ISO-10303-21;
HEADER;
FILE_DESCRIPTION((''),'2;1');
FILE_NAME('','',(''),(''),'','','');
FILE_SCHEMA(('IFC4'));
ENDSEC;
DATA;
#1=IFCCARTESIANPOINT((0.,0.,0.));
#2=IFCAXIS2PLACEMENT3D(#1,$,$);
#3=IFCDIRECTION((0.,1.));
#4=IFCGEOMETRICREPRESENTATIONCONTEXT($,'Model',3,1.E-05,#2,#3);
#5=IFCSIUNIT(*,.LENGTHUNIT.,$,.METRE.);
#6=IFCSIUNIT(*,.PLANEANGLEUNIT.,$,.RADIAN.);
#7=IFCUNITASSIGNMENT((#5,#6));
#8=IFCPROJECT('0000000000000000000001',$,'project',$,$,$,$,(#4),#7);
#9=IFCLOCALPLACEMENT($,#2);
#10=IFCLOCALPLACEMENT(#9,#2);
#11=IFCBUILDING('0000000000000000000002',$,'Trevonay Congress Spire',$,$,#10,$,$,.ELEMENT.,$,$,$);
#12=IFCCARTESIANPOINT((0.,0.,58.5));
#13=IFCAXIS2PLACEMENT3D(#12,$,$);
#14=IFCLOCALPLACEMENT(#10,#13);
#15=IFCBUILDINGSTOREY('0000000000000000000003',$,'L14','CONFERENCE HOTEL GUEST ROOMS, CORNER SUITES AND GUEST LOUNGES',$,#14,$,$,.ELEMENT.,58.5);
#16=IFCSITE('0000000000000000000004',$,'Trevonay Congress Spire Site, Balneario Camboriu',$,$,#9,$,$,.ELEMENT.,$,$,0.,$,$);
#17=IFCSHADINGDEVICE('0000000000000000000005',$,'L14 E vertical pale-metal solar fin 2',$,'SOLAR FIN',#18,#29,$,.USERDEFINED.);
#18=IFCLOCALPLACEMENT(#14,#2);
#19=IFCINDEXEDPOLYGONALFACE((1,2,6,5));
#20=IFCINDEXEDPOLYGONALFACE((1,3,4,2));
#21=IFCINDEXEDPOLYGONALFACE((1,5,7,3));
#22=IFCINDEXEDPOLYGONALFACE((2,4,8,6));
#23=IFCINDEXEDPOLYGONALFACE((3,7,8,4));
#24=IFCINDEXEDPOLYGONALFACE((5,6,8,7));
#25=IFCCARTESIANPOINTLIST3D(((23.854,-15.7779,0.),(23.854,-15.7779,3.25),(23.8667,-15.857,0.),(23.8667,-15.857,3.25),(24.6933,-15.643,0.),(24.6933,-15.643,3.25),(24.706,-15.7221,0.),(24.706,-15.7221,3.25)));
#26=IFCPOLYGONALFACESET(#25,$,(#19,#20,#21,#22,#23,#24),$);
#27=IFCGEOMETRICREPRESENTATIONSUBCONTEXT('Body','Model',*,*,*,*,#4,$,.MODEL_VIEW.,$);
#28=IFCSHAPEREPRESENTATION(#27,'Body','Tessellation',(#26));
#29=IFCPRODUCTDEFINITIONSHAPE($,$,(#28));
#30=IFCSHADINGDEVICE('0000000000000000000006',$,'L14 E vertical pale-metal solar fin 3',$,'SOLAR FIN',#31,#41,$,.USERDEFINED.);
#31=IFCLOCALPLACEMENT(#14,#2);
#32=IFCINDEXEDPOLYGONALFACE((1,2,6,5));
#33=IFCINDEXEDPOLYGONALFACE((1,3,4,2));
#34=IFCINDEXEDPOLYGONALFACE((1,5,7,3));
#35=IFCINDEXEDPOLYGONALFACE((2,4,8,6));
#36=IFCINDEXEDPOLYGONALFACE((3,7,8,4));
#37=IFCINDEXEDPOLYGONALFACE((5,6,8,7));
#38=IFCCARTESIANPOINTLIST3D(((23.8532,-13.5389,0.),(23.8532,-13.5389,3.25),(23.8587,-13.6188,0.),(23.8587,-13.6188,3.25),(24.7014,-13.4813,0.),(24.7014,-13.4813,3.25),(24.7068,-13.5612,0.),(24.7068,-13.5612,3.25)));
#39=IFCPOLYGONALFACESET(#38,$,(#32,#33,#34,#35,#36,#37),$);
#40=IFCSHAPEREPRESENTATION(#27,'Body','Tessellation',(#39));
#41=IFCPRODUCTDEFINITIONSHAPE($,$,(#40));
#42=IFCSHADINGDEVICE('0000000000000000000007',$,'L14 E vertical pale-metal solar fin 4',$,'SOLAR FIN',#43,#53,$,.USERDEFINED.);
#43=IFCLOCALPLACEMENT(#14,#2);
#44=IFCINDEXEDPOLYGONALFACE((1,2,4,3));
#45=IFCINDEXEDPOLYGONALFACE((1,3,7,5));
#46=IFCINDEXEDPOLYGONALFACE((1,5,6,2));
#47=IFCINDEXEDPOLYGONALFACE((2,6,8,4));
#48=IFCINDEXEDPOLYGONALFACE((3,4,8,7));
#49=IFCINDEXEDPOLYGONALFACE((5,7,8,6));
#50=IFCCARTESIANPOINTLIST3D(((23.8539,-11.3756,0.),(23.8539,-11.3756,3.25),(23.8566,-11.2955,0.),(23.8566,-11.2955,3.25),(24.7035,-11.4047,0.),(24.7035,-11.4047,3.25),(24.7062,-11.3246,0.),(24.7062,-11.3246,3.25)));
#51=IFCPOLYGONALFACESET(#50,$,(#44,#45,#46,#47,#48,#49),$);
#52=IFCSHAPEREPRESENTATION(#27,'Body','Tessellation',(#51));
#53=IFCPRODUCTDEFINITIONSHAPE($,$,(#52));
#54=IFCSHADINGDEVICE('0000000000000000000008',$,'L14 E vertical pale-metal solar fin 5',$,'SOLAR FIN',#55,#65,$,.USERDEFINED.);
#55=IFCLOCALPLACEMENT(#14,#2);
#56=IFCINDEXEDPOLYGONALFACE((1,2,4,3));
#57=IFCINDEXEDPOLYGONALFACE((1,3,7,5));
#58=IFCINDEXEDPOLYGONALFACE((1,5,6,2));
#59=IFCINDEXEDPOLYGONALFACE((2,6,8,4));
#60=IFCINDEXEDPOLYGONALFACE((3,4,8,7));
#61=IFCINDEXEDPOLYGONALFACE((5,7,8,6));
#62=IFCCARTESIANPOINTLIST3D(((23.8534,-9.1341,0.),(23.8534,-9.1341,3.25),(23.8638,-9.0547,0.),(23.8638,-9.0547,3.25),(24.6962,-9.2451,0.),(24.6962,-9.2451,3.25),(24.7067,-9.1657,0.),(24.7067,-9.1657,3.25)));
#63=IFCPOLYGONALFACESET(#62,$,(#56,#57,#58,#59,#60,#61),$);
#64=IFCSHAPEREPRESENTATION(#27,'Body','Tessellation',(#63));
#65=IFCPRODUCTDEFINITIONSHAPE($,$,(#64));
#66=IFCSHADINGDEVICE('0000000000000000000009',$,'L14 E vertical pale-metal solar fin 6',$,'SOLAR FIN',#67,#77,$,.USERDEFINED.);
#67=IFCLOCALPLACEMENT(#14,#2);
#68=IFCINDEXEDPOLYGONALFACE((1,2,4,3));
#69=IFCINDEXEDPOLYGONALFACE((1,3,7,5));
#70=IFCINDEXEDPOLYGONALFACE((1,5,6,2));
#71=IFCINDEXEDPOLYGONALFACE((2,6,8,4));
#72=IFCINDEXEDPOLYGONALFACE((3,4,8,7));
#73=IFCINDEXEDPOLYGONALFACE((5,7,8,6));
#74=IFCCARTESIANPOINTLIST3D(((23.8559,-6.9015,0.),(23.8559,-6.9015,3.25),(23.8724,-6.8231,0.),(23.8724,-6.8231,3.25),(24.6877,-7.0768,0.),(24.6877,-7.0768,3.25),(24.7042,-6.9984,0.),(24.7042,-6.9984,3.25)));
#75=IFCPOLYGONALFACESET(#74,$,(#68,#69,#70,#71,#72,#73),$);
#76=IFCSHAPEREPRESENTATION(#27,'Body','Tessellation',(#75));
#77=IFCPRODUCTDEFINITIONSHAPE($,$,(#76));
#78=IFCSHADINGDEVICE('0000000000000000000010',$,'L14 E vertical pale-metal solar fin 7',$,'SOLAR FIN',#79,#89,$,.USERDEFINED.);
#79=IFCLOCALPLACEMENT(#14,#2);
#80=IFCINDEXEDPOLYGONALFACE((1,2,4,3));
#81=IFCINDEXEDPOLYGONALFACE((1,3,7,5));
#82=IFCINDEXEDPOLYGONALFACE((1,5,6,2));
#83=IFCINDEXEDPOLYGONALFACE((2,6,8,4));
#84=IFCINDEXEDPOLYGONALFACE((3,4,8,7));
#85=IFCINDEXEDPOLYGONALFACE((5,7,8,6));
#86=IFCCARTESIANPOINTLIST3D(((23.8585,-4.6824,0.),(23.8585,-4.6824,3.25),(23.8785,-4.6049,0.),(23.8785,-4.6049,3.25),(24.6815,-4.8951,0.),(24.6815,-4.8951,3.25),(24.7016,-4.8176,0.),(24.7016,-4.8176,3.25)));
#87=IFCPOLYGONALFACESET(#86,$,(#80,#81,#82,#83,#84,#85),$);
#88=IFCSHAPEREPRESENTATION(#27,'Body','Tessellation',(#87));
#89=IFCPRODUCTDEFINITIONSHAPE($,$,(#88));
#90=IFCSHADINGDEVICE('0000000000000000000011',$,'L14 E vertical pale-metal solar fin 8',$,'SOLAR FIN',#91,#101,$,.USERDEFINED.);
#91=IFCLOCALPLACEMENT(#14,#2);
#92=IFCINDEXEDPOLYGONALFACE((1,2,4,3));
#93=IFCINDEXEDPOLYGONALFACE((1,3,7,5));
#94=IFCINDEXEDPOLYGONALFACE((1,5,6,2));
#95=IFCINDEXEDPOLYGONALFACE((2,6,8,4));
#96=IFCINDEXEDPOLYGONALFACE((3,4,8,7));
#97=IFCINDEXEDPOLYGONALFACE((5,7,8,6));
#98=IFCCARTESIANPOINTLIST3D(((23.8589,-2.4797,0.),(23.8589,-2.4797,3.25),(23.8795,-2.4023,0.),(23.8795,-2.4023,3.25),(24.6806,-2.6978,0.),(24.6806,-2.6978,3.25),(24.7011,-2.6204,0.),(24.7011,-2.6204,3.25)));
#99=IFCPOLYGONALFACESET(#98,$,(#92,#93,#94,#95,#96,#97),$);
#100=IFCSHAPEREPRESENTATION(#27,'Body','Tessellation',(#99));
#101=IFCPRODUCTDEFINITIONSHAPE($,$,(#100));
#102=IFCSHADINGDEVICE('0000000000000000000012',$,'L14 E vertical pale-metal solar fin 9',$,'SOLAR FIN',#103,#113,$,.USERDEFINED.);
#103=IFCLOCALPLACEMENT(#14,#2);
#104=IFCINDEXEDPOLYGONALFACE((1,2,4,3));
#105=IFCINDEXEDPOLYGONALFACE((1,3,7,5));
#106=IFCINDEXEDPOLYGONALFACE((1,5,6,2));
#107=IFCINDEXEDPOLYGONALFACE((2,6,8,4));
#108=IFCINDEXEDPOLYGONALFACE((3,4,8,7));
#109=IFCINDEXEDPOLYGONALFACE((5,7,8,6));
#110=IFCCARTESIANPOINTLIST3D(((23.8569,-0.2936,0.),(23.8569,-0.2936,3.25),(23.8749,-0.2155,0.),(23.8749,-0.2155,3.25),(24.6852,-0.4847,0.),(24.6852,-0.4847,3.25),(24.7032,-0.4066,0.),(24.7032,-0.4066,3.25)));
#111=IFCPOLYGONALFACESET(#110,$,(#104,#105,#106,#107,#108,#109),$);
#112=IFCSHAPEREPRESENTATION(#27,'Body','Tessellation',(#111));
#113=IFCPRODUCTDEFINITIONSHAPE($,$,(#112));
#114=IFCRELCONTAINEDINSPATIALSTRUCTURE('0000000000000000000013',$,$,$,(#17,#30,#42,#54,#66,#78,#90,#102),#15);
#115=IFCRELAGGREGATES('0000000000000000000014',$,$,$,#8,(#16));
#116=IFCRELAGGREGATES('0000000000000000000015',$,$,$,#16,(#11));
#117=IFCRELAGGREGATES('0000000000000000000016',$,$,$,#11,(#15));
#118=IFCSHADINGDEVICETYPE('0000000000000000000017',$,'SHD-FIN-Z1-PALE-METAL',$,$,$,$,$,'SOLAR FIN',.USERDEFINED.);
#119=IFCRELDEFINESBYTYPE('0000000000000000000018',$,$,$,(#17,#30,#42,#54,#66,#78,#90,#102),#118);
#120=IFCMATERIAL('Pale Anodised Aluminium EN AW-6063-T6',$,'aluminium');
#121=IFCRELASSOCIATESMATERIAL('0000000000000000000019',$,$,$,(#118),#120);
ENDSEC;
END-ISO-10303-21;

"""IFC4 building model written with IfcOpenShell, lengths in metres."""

from ifc_helpers import new_model, si_unit, direction, frame, origin, origin_2d, place, context, subcontext, project, spatial, rectangle, extrude, material, type_object, element, save


model = new_model("IFC4")

# Units and contexts
model_context = context("Model", 3, precision=1e-05, world=origin(), true_north=direction((0.0, 1.0)))
body_context = subcontext(model_context, "Body", "Model", "MODEL_VIEW")
ifc_project = project(units=[si_unit("LENGTHUNIT", "METRE"), si_unit("PLANEANGLEUNIT", "RADIAN")], contexts=[model_context])

# Site, building, storey
site_placement = place(None, origin())
site = spatial("IfcSite", under=ifc_project, at=site_placement, Name="Trevonay Congress Spire Site, Balneario Camboriu", CompositionType="ELEMENT", RefElevation=0.0)
building_placement = place(site_placement, origin())
building = spatial("IfcBuilding", under=site, at=building_placement, Name="Trevonay Congress Spire", CompositionType="ELEMENT")
storey_placement = place(building_placement, frame((0.0, 0.0, 58.5)))
storey = spatial("IfcBuildingStorey", under=building, at=storey_placement, Name="L14", Description="CONFERENCE HOTEL GUEST ROOMS, CORNER SUITES AND GUEST LOUNGES", CompositionType="ELEMENT", Elevation=58.5)

# Shared definitions
ifc_material_1 = material(Name="Pale Anodised Aluminium EN AW-6063-T6", Category="aluminium")

# Shading devices
shading_device_type = type_object("IfcShadingDeviceType", Name="SHD-FIN-Z1-PALE-METAL", ElementType="SOLAR FIN", PredefinedType="USERDEFINED", material=ifc_material_1)
for number, where, z_axis, x_axis, name in (
    (1, (24.28, -15.75, 0.0), (0.0, 0.0, 1.0), (-0.158675, 0.987331, 0.0), "L14 E vertical pale-metal solar fin 2"),
    (2, (24.28, -13.55, 0.0), (0.0, 0.0, 1.0), (-0.067667, 0.997708, 0.0), "L14 E vertical pale-metal solar fin 3"),
    (3, (24.28, -11.3501, 0.0), (0.0, 0.0, 1.0), (0.034202, 0.999415, 0.0), "L14 E vertical pale-metal solar fin 4"),
    (4, (24.28, -9.1499, 0.0), (0.0, 0.0, 1.0), (0.130526, 0.991445, 0.0), "L14 E vertical pale-metal solar fin 5"),
    (5, (24.28, -6.95, 0.0), (0.0, 0.0, 1.0), (0.206204, 0.978509, 0.0), "L14 E vertical pale-metal solar fin 6"),
    (6, (24.28, -4.75, 0.0), (0.0, 0.0, 1.0), (0.250211, 0.968191, 0.0), "L14 E vertical pale-metal solar fin 7"),
    (7, (24.28, -2.55, 0.0), (0.0, 0.0, 1.0), (0.256627, 0.966511, 0.0), "L14 E vertical pale-metal solar fin 8"),
    (8, (24.28, -0.3501, 0.0), (0.0, 0.0, 1.0), (0.224781, 0.974409, 0.0), "L14 E vertical pale-metal solar fin 9"),
):
    element("IfcShadingDevice", number, at=place(storey_placement, frame(where, z_axis=z_axis, x_axis=x_axis)), inside=storey, type_object=shading_device_type, Name=name, ObjectType="SOLAR FIN", PredefinedType="USERDEFINED", context=body_context, shape_type="SweptSolid", body=[
        extrude(rectangle(XDim=0.0801, YDim=0.8501, at=origin_2d()), origin(), (0.0, 0.0, 1.0), 3.25),
    ])

save(model, "model.ifc")
